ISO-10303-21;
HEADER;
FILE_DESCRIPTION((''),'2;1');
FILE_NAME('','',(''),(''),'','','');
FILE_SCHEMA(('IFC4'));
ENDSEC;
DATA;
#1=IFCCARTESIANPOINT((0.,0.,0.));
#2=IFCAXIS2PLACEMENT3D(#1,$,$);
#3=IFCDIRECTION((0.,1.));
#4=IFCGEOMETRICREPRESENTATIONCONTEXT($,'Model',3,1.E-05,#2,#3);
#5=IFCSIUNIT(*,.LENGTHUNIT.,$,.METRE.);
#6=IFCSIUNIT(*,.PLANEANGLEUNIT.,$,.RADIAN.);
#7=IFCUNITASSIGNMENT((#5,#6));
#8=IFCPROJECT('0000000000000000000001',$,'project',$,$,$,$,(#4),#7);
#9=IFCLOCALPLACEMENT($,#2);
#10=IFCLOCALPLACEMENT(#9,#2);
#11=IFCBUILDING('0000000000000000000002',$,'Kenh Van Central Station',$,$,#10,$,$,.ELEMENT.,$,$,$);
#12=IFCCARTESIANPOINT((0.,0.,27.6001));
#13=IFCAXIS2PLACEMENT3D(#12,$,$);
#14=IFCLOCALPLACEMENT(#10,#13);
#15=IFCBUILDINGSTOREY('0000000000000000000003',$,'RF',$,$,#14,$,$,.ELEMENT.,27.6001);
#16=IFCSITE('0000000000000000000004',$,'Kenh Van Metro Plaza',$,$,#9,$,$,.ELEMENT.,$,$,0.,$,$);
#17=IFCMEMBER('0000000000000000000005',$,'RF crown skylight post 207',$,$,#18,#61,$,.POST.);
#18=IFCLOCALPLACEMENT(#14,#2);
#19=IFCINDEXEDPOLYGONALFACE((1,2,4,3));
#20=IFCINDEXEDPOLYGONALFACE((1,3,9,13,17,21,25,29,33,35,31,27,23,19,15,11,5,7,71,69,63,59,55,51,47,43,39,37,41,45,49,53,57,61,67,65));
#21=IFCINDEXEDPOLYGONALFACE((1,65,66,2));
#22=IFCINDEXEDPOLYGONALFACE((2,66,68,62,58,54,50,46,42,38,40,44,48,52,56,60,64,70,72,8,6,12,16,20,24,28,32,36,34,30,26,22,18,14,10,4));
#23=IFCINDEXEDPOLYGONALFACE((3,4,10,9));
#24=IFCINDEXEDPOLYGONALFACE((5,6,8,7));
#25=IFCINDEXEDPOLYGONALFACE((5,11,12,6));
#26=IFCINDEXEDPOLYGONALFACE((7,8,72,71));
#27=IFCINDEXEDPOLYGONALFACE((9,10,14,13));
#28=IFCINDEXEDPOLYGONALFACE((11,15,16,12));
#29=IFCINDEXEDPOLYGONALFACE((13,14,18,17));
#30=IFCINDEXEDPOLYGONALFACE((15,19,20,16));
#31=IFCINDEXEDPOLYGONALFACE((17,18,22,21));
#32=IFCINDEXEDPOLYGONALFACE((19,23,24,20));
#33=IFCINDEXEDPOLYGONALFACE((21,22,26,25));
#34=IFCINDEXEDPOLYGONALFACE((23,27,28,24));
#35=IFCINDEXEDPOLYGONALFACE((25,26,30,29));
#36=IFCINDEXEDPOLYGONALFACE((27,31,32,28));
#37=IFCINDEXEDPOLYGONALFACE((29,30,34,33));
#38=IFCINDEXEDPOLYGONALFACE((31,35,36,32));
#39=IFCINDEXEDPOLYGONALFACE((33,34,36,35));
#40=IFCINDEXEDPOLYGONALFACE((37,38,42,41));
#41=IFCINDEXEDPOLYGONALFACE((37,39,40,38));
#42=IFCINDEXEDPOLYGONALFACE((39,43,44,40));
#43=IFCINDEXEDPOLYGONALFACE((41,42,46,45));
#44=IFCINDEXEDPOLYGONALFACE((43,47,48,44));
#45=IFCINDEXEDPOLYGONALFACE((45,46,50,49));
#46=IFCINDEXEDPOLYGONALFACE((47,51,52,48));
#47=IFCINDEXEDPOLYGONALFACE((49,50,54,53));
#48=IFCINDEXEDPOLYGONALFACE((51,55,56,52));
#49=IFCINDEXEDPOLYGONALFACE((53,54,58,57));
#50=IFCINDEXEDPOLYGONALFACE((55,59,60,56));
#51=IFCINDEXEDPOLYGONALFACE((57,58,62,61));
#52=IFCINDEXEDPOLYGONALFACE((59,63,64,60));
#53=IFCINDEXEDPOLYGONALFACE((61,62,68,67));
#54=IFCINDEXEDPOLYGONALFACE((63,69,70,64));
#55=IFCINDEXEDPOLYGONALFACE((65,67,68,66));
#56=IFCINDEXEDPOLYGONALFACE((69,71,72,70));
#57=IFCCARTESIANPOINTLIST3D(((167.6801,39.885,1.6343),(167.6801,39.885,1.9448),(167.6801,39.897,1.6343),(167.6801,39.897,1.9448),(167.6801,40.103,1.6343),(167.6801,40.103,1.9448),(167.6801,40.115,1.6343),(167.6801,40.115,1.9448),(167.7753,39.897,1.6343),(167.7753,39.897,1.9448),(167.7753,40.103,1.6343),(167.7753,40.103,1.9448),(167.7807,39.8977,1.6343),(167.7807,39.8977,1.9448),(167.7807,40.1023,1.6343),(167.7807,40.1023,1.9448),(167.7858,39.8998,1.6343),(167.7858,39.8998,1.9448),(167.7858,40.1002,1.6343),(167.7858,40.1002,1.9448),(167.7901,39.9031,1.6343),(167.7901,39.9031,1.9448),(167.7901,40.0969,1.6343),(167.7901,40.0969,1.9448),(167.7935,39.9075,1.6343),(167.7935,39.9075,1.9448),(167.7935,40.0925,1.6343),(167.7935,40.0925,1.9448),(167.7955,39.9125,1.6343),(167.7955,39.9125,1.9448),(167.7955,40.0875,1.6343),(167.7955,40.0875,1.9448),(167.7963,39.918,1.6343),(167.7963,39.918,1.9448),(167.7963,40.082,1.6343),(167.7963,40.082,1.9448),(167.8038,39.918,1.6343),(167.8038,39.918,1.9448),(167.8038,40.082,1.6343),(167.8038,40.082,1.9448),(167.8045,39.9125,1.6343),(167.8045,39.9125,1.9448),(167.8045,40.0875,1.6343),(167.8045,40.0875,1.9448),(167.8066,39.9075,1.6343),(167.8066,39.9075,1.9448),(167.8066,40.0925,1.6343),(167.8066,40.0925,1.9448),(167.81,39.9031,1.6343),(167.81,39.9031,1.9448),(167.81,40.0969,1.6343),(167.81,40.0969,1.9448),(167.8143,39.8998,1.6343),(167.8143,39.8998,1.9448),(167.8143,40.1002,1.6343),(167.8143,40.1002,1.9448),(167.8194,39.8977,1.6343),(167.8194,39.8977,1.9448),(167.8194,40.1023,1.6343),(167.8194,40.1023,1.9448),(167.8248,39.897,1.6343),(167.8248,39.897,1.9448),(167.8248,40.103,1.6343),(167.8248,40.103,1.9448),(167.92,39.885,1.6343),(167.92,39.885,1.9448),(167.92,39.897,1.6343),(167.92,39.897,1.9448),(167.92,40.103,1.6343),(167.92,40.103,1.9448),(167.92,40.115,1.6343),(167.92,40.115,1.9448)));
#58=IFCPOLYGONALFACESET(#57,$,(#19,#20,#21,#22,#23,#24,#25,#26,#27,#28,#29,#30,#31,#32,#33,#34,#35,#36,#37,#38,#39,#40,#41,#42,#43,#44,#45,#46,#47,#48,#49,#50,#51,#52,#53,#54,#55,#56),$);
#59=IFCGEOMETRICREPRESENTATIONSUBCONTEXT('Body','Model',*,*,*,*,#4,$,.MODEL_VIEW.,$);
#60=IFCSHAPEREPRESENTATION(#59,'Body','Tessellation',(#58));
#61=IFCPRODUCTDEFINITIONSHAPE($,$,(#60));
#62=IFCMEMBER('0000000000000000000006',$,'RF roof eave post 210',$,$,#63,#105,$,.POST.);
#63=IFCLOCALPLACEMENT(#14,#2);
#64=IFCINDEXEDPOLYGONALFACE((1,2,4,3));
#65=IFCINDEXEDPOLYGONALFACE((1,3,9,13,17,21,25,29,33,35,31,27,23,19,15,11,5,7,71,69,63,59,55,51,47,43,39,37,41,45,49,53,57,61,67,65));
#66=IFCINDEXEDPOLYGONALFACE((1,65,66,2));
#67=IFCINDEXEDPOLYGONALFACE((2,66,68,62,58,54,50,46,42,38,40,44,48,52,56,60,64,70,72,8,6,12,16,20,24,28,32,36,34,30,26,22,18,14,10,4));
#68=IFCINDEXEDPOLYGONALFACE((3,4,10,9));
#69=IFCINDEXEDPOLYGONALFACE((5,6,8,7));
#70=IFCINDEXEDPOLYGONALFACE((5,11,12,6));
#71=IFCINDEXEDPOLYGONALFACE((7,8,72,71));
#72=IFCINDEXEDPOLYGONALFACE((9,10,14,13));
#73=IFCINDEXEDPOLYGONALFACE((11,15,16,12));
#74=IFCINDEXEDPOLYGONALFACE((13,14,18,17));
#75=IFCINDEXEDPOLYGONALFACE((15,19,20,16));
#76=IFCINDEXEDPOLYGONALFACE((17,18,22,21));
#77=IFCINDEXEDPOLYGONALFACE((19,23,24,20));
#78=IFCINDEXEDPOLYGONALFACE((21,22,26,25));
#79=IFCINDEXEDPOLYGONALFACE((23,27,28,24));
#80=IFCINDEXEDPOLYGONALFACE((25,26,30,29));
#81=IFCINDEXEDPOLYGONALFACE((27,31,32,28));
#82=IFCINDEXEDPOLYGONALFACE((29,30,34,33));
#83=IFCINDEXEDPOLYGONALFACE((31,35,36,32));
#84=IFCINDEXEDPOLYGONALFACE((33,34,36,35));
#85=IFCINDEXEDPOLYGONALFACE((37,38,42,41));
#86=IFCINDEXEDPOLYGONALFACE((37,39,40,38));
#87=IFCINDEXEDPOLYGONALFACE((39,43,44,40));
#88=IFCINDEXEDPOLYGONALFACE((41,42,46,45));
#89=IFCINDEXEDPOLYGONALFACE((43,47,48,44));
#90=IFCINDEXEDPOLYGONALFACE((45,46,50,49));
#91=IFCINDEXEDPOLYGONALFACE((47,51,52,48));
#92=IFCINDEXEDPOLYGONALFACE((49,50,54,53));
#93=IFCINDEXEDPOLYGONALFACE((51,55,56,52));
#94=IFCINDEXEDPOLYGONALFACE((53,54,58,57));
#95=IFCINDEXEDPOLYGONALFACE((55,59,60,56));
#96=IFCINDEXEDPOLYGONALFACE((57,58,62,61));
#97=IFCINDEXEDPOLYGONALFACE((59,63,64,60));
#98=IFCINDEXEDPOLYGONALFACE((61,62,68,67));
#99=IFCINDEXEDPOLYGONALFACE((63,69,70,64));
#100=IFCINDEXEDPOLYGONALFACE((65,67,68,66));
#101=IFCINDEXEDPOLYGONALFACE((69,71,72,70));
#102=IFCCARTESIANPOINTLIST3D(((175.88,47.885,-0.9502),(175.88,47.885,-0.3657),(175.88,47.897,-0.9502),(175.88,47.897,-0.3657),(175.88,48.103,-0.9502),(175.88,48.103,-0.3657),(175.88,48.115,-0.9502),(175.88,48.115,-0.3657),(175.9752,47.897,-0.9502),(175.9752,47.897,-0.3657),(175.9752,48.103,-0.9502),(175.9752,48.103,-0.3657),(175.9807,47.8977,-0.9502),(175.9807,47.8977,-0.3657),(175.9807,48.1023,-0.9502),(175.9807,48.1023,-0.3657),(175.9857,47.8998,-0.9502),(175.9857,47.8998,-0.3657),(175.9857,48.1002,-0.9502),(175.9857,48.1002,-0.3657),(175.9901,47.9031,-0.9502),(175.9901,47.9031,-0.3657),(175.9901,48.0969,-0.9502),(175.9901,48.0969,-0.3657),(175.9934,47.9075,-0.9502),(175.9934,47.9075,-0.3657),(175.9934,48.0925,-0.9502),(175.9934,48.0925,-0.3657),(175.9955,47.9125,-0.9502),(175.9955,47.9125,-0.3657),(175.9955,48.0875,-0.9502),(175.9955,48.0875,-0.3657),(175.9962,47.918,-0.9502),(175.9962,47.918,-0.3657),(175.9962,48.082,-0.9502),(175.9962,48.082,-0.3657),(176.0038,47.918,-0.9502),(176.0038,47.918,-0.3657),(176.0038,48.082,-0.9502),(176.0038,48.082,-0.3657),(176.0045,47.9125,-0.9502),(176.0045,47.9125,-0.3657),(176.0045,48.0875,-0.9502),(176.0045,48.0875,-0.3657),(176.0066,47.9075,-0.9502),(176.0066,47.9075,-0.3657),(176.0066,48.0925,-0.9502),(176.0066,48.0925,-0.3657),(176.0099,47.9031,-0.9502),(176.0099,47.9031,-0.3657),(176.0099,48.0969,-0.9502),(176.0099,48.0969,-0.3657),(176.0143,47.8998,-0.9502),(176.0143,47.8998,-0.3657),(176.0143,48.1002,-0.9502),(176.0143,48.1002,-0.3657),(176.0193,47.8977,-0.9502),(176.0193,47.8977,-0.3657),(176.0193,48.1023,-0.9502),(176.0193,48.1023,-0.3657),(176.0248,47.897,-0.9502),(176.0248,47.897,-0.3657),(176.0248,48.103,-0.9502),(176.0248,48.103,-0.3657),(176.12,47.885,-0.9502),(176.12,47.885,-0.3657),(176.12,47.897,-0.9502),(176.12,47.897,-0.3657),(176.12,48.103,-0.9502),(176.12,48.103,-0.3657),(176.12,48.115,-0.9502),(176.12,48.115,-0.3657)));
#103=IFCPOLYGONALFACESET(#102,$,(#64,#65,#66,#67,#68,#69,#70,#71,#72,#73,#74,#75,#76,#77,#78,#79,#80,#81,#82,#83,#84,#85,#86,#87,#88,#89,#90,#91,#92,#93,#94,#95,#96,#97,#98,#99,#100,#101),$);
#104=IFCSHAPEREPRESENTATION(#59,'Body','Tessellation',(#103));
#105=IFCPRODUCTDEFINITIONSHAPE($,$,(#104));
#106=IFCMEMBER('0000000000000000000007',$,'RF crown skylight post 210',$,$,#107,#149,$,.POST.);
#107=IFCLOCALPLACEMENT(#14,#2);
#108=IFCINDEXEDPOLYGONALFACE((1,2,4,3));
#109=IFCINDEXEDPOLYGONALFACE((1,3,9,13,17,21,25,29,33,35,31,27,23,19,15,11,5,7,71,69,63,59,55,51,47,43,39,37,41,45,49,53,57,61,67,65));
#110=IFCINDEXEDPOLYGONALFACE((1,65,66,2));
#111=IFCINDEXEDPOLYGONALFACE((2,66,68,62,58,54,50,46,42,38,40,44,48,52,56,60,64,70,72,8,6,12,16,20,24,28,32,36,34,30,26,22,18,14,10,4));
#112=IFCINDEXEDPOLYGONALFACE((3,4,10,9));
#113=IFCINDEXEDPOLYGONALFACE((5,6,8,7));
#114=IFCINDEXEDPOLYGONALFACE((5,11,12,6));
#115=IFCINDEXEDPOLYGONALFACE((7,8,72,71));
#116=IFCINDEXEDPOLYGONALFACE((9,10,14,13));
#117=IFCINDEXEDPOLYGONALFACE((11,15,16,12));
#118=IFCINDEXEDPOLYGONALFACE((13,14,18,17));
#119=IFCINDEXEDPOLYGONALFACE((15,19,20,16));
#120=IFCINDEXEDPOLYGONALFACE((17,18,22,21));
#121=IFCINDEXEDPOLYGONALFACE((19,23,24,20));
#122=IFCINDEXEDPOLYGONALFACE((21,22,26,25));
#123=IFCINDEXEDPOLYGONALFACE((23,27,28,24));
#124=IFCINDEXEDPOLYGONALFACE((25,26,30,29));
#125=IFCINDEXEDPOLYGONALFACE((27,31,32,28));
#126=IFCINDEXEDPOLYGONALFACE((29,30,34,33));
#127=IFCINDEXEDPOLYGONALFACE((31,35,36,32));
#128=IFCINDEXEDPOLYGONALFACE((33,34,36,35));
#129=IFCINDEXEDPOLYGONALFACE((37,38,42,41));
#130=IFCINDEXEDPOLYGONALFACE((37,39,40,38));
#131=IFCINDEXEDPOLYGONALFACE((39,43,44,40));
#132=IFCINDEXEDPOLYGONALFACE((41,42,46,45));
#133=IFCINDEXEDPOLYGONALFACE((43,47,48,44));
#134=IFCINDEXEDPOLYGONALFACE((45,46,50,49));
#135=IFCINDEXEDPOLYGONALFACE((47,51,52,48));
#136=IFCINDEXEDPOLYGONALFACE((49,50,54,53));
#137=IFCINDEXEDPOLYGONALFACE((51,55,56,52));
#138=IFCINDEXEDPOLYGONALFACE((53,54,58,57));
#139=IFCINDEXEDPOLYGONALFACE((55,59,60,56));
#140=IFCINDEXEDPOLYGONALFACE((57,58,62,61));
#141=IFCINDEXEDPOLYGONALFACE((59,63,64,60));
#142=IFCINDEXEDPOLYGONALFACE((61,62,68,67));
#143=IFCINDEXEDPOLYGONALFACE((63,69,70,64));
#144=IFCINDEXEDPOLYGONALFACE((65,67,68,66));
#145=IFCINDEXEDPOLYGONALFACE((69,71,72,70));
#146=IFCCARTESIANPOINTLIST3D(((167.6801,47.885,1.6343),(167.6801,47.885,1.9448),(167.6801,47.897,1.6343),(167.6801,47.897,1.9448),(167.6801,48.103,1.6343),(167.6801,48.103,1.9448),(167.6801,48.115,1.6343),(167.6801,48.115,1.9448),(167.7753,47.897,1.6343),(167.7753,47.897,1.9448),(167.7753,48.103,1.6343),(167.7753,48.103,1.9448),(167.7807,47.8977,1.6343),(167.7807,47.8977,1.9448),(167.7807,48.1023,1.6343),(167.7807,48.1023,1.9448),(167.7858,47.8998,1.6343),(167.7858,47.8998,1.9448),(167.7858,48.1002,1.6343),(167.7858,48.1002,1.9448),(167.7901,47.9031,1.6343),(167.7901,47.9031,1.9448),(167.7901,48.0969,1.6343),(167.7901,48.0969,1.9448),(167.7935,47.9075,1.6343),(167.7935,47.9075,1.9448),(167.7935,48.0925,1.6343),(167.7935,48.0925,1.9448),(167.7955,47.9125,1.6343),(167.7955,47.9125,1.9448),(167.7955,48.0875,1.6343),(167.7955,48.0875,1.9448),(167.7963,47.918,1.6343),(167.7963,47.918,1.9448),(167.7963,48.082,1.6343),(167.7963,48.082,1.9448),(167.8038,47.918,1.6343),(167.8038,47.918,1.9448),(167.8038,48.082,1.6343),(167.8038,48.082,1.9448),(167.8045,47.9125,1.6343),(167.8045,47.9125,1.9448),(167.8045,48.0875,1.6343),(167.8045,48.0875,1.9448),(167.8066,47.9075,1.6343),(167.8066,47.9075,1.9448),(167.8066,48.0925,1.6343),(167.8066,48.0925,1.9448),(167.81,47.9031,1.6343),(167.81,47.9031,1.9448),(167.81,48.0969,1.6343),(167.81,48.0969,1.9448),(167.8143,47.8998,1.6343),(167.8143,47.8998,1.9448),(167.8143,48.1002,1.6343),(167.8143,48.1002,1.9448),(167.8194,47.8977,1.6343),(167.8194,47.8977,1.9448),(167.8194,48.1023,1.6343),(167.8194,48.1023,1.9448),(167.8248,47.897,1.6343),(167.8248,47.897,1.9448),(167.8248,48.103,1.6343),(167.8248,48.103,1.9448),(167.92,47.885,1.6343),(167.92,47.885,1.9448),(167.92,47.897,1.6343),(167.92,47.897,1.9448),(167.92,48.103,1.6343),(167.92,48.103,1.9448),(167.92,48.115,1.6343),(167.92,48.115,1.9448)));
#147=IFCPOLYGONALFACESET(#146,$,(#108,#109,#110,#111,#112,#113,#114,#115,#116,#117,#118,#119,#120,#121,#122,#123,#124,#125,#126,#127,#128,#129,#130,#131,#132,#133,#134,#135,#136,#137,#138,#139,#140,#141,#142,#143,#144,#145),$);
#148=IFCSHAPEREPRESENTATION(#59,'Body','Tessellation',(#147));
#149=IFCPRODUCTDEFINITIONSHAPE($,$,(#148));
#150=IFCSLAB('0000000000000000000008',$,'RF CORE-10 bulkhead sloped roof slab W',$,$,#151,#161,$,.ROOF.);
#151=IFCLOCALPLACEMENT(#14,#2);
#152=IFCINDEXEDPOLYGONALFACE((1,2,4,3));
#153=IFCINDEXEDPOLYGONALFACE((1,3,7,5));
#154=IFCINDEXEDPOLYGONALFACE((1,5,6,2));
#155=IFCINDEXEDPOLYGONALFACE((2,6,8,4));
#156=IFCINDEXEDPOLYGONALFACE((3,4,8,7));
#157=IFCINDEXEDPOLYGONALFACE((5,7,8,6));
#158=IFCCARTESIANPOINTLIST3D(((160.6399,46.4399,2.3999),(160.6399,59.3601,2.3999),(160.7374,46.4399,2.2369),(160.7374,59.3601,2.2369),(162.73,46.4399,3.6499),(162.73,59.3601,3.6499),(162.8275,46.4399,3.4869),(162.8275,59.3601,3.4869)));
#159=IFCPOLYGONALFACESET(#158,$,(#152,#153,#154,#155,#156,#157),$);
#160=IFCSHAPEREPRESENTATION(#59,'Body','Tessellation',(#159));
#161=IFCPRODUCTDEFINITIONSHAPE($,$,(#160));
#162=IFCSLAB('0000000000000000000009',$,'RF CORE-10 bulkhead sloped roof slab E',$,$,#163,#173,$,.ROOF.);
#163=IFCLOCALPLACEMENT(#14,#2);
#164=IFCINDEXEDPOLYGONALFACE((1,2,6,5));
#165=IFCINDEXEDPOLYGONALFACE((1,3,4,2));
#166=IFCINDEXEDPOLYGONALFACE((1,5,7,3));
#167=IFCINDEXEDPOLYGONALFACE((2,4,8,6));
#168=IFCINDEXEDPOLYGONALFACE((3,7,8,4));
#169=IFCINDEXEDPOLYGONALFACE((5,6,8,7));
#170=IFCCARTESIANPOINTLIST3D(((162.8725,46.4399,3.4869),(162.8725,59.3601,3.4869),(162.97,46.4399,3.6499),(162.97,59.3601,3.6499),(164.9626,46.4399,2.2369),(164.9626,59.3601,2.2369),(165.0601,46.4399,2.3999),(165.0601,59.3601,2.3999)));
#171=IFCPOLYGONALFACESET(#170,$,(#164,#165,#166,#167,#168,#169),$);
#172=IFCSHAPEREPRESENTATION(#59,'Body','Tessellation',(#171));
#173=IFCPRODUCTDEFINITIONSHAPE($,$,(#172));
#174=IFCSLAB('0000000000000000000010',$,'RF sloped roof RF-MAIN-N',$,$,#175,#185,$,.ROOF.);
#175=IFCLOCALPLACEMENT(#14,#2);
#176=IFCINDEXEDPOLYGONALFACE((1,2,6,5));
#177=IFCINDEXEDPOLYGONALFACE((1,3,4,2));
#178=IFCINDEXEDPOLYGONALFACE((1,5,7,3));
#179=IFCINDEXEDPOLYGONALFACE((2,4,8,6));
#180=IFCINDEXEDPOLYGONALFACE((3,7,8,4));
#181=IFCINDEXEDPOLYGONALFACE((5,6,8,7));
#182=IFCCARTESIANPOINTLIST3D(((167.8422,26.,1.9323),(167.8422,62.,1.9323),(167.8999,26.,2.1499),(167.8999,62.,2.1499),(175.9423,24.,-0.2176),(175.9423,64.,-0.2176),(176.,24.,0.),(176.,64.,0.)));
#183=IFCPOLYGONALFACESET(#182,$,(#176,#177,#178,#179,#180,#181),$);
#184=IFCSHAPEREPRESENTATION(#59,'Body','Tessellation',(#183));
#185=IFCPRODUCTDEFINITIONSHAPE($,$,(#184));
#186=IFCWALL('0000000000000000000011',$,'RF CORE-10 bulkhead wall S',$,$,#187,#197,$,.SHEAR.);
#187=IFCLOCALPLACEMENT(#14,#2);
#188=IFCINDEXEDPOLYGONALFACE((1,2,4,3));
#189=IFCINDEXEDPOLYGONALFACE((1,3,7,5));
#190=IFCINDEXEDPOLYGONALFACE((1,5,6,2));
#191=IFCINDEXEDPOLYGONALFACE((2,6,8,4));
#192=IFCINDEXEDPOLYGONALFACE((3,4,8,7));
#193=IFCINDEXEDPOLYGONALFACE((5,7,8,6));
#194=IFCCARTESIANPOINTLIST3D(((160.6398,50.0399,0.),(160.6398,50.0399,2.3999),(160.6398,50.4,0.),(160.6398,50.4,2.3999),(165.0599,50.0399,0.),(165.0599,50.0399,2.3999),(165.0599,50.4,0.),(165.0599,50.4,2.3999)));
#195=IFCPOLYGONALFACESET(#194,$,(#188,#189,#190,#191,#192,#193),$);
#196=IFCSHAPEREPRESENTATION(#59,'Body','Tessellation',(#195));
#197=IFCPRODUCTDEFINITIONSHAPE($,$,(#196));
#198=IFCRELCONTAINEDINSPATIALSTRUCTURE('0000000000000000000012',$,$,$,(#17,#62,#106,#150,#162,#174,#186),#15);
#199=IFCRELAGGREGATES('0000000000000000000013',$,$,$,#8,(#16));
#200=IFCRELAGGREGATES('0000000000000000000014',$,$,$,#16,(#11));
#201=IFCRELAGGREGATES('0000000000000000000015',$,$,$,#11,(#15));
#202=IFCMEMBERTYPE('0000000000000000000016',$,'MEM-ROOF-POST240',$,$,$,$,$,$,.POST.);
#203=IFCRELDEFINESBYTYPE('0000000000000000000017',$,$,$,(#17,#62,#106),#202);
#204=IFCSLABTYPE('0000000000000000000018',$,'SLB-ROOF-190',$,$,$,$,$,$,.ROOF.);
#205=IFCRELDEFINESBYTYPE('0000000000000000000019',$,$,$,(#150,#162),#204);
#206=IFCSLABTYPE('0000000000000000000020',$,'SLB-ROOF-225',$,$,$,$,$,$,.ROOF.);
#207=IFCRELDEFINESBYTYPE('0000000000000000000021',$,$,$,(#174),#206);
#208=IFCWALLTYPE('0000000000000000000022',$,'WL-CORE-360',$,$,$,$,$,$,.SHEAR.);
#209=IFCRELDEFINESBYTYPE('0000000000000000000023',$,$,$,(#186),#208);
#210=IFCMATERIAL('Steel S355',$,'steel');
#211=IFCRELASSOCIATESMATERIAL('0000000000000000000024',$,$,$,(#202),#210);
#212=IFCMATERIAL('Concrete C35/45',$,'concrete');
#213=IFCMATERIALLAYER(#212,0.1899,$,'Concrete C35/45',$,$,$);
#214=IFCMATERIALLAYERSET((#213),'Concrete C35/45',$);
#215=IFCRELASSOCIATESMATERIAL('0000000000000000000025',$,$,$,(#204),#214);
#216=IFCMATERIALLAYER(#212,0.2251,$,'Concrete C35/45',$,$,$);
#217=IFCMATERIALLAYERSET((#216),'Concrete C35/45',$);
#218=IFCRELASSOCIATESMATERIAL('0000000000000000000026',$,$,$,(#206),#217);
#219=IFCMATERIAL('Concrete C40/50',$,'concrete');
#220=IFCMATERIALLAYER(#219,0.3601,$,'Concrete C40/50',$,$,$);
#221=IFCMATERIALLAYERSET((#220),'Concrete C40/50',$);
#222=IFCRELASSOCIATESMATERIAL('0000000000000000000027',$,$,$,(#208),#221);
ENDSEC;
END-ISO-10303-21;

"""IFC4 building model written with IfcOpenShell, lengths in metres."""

from ifc_helpers import new_model, si_unit, direction, frame, frame_2d, origin, origin_2d, place, context, subcontext, project, spatial, polyline, rectangle, i_section, outline, extrude, material, layer, layer_set, material_profile, profile_set, type_object, element, save


model = new_model("IFC4")

# Units and contexts
model_context = context("Model", 3, precision=1e-05, world=origin(), true_north=direction((0.0, 1.0)))
body_context = subcontext(model_context, "Body", "Model", "MODEL_VIEW")
ifc_project = project(units=[si_unit("LENGTHUNIT", "METRE"), si_unit("PLANEANGLEUNIT", "RADIAN")], contexts=[model_context])

# Site, building, storey
site_placement = place(None, origin())
site = spatial("IfcSite", under=ifc_project, at=site_placement, Name="Kenh Van Metro Plaza", CompositionType="ELEMENT", RefElevation=0.0)
building_placement = place(site_placement, origin())
building = spatial("IfcBuilding", under=site, at=building_placement, Name="Kenh Van Central Station", CompositionType="ELEMENT")
storey_placement = place(building_placement, frame((0.0, 0.0, 27.6001)))
storey = spatial("IfcBuildingStorey", under=building, at=storey_placement, Name="RF", CompositionType="ELEMENT", Elevation=27.6001)

# Shared definitions
ifc_material_1 = material(Name="Steel S355", Category="steel")

# Members
ifc_material_profile_1 = material_profile(ifc_material_1, i_section(OverallWidth=0.24, OverallDepth=0.23, WebThickness=0.0076, FlangeThickness=0.012, FilletRadius=0.021, at=origin_2d()), Name="HEA 240")
ifc_profile_set_1 = profile_set([ifc_material_profile_1], Name="Steel S355")
member_type_1 = type_object("IfcMemberType", Name="MEM-ROOF-POST240", PredefinedType="POST", material=ifc_profile_set_1)
member_1_placement = place(storey_placement, frame((167.8, 40.0, 1.6343), z_axis=(0.0, 0.0, 1.0), x_axis=(1.0, 0.0, 0.0)))
element("IfcMember", 1, at=member_1_placement, inside=storey, type_object=member_type_1, Name="RF crown skylight post 207", PredefinedType="POST", context=body_context, shape_type="SweptSolid", body=[
    extrude(i_section(OverallWidth=0.24, OverallDepth=0.23, WebThickness=0.0076, FlangeThickness=0.012, FilletRadius=0.021, at=origin_2d()), origin(), (0.0, 0.0, 1.0), 0.3105),
])
member_2_placement = place(storey_placement, frame((176.0, 48.0, -0.9502), z_axis=(0.0, 0.0, 1.0), x_axis=(1.0, 0.0, 0.0)))
element("IfcMember", 2, at=member_2_placement, inside=storey, type_object=member_type_1, Name="RF roof eave post 210", PredefinedType="POST", context=body_context, shape_type="SweptSolid", body=[
    extrude(i_section(OverallWidth=0.24, OverallDepth=0.23, WebThickness=0.0076, FlangeThickness=0.012, FilletRadius=0.021, at=origin_2d()), origin(), (0.0, 0.0, 1.0), 0.5845),
])
member_3_placement = place(storey_placement, frame((167.8, 48.0, 1.6343), z_axis=(0.0, 0.0, 1.0), x_axis=(1.0, 0.0, 0.0)))
element("IfcMember", 3, at=member_3_placement, inside=storey, type_object=member_type_1, Name="RF crown skylight post 210", PredefinedType="POST", context=body_context, shape_type="SweptSolid", body=[
    extrude(i_section(OverallWidth=0.24, OverallDepth=0.23, WebThickness=0.0076, FlangeThickness=0.012, FilletRadius=0.021, at=origin_2d()), origin(), (0.0, 0.0, 1.0), 0.3105),
])

# Slabs
ifc_material_2 = material(Name="Concrete C35/45", Category="concrete")
ifc_layer_1 = layer(ifc_material_2, 0.1899, Name="Concrete C35/45")
ifc_layer_set_1 = layer_set([ifc_layer_1], Name="Concrete C35/45")
slab_type_1 = type_object("IfcSlabType", Name="SLB-ROOF-190", PredefinedType="ROOF", material=ifc_layer_set_1)
for number, where, z_axis, x_axis, name in (
    (4, (160.6399, 46.4399, 2.3999), (-0.513272, 0.0, 0.858226), (0.858226, 0.0, 0.513272), "RF CORE-10 bulkhead sloped roof slab W"),
    (5, (162.97, 46.4399, 3.6499), (0.513272, 0.0, 0.858226), (0.858226, 0.0, -0.513272), "RF CORE-10 bulkhead sloped roof slab E"),
):
    element("IfcSlab", number, at=place(storey_placement, frame(where, z_axis=z_axis, x_axis=x_axis)), inside=storey, type_object=slab_type_1, Name=name, PredefinedType="ROOF", context=body_context, shape_type="SweptSolid", body=[
        extrude(outline(polyline([(0.0, 0.0), (2.4354, 0.0), (2.4354, 12.9202), (0.0, 12.9202), (0.0, 0.0)])), origin(), (0.0, 0.0, -1.0), 0.1899),
    ])
ifc_layer_2 = layer(ifc_material_2, 0.2251, Name="Concrete C35/45")
ifc_layer_set_2 = layer_set([ifc_layer_2], Name="Concrete C35/45")
slab_type_2 = type_object("IfcSlabType", Name="SLB-ROOF-225", PredefinedType="ROOF", material=ifc_layer_set_2)
slab_placement = place(storey_placement, frame((167.8999, 26.0, 2.1499), z_axis=(0.256535, 0.0, 0.966535), x_axis=(0.940134, -0.232129, -0.249527)))
element("IfcSlab", 6, at=slab_placement, inside=storey, type_object=slab_type_2, Name="RF sloped roof RF-MAIN-N", PredefinedType="ROOF", context=body_context, shape_type="SweptSolid", body=[
    extrude(outline(polyline([(0.0, 0.0), (8.6159, 0.0), (-0.6693, 38.9074), (-8.3566, 35.0167), (0.0, 0.0)])), origin(), (0.0, 0.0, -1.0), 0.2251),
])

# Wall
ifc_material_3 = material(Name="Concrete C40/50", Category="concrete")
ifc_layer_3 = layer(ifc_material_3, 0.3601, Name="Concrete C40/50")
ifc_layer_set_3 = layer_set([ifc_layer_3], Name="Concrete C40/50")
wall_type = type_object("IfcWallType", Name="WL-CORE-360", PredefinedType="SHEAR", material=ifc_layer_set_3)
wall_1_placement = place(storey_placement, frame((160.6399, 50.22, 0.0), z_axis=(0.0, 0.0, 1.0), x_axis=(1.0, 0.0, 0.0)))
element("IfcWall", 7, at=wall_1_placement, inside=storey, type_object=wall_type, Name="RF CORE-10 bulkhead wall S", PredefinedType="SHEAR", context=body_context, shape_type="SweptSolid", body=[
    extrude(rectangle(XDim=4.4202, YDim=0.3601, at=frame_2d((2.21, 0.0))), origin(), (0.0, 0.0, 1.0), 2.3999),
])

save(model, "model.ifc")
